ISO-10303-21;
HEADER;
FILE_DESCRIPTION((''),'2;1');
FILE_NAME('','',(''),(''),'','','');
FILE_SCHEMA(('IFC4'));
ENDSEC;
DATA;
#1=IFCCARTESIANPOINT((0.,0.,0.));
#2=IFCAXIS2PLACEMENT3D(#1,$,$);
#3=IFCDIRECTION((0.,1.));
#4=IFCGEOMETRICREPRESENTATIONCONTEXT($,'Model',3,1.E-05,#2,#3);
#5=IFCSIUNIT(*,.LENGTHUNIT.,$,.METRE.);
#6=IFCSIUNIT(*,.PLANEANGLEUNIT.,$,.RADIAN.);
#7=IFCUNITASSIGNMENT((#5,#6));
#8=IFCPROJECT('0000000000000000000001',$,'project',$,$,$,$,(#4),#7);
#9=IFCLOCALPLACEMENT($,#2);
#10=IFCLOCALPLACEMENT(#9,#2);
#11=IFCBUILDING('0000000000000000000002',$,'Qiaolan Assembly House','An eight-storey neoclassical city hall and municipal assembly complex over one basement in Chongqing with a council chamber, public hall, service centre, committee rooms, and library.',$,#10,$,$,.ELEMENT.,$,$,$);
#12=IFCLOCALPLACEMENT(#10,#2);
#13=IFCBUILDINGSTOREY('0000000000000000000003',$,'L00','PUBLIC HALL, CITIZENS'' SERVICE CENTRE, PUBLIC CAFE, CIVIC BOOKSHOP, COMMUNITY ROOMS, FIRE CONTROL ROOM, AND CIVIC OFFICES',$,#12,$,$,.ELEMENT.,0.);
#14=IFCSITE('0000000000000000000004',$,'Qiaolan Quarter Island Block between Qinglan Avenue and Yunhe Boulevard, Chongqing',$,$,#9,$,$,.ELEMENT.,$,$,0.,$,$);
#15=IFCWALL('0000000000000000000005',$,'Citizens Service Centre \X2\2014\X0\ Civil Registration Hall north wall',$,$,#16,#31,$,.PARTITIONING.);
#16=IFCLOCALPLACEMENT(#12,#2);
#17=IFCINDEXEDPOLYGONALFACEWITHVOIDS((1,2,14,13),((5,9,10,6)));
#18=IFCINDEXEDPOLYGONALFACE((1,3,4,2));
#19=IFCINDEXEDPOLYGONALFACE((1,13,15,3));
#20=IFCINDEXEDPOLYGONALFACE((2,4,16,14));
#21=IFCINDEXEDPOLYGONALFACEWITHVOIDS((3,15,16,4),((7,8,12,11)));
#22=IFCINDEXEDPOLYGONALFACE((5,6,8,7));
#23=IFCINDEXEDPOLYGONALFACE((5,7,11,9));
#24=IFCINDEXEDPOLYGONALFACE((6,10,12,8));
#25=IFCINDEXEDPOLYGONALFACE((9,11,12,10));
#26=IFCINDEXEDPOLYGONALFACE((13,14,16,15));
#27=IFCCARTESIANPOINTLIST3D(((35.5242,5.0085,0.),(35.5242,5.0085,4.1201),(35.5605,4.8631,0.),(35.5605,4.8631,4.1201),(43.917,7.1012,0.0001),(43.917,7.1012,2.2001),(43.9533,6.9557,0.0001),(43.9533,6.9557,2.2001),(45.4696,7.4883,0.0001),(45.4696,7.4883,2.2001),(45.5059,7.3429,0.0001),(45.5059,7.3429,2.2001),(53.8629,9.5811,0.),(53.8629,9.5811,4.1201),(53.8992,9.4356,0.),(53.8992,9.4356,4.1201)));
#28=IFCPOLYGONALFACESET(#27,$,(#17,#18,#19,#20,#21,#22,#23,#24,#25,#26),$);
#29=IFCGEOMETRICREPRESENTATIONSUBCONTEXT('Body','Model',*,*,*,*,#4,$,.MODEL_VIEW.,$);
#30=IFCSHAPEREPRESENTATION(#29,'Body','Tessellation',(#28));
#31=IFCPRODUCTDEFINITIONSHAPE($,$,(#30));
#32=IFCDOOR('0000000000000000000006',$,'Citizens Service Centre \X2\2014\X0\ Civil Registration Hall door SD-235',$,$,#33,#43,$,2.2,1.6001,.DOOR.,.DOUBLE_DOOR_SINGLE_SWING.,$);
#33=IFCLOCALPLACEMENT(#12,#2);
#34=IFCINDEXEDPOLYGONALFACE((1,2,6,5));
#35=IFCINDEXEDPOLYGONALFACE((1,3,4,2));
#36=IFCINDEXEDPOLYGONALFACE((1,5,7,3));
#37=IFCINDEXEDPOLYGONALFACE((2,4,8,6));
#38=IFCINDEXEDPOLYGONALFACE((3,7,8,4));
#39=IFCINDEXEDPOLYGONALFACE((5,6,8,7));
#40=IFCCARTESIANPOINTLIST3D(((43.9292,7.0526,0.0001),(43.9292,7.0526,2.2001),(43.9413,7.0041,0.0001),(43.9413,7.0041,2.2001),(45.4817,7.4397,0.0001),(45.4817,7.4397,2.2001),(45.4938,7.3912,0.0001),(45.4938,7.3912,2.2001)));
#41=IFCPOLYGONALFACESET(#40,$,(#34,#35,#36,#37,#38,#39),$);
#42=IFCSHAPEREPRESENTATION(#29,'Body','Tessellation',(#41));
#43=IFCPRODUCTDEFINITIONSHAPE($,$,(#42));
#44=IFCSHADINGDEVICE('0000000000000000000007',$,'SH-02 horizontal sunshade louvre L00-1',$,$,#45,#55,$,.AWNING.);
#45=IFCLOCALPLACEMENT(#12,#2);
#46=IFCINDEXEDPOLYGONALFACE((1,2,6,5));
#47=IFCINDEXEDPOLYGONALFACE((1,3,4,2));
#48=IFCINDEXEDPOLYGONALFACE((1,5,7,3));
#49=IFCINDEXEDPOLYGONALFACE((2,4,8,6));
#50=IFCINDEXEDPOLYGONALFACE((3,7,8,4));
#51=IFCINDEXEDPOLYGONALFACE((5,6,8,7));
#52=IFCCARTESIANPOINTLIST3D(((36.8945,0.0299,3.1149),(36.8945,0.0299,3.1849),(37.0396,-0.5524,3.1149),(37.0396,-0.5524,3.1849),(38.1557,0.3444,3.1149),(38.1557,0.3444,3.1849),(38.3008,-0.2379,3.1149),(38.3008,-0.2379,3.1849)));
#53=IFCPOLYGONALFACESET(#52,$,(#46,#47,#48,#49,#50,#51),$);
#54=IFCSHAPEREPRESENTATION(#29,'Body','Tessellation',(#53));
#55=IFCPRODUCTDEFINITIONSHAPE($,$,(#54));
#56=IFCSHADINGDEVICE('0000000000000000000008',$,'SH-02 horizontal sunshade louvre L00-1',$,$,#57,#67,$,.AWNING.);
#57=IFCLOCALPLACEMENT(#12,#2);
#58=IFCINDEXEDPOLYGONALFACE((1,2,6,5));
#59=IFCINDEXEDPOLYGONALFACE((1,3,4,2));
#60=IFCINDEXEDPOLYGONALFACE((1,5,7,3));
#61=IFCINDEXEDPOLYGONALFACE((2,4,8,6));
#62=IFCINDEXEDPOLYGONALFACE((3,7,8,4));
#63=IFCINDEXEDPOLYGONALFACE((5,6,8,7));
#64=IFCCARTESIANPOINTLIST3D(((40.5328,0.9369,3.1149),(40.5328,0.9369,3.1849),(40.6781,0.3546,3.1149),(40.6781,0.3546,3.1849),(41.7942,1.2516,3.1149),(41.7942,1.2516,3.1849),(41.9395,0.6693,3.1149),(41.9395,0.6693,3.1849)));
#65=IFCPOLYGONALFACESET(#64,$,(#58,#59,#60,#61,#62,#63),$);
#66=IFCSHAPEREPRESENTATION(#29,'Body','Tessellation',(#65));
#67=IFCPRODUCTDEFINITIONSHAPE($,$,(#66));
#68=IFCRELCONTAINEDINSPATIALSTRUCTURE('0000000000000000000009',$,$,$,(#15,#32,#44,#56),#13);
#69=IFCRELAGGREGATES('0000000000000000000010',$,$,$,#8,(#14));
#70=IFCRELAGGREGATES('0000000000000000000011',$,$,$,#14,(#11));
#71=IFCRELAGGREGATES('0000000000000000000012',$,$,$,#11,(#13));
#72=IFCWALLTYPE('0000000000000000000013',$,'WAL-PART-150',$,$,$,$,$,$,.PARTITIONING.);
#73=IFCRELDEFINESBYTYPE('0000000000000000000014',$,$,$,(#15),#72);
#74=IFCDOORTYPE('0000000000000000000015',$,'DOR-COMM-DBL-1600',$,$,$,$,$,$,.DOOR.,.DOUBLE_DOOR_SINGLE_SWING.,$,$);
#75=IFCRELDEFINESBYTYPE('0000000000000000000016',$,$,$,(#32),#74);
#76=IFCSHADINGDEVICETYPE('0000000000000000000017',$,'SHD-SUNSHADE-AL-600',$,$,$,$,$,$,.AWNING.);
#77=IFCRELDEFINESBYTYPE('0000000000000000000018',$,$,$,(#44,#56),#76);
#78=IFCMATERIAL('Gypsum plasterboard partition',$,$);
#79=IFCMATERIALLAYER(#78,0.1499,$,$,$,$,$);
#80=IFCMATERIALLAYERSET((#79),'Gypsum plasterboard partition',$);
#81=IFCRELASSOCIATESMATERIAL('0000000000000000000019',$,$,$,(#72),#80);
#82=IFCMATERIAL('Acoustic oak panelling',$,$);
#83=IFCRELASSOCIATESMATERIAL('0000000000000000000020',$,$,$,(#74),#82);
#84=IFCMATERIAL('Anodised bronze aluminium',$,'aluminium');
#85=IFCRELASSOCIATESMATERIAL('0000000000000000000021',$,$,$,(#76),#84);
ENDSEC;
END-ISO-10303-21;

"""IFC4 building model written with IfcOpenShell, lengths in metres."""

from ifc_helpers import new_model, si_unit, direction, frame, frame_2d, origin, origin_2d, place, context, subcontext, project, spatial, rectangle, extrude, material, layer, layer_set, material_profile, profile_set, type_object, element, fill, save


model = new_model("IFC4")

# Units and contexts
model_context = context("Model", 3, precision=1e-05, world=origin(), true_north=direction((0.0, 1.0)))
body_context = subcontext(model_context, "Body", "Model", "MODEL_VIEW")
ifc_project = project(units=[si_unit("LENGTHUNIT", "METRE"), si_unit("PLANEANGLEUNIT", "RADIAN")], contexts=[model_context])

# Site, building, storey
site_placement = place(None, origin())
site = spatial("IfcSite", under=ifc_project, at=site_placement, Name="Qiaolan Quarter Island Block between Qinglan Avenue and Yunhe Boulevard, Chongqing", CompositionType="ELEMENT", RefElevation=0.0)
building_placement = place(site_placement, origin())
building = spatial("IfcBuilding", under=site, at=building_placement, Name="Qiaolan Assembly House", Description="An eight-storey neoclassical city hall and municipal assembly complex over one basement in Chongqing with a council chamber, public hall, service centre, committee rooms, and library.", CompositionType="ELEMENT")
storey_placement = place(building_placement, origin())
storey = spatial("IfcBuildingStorey", under=building, at=storey_placement, Name="L00", Description="PUBLIC HALL, CITIZENS' SERVICE CENTRE, PUBLIC CAFE, CIVIC BOOKSHOP, COMMUNITY ROOMS, FIRE CONTROL ROOM, AND CIVIC OFFICES", CompositionType="ELEMENT", Elevation=0.0)

# Shared definitions
ifc_material_1 = material(Name="Anodised bronze aluminium", Category="aluminium")

# Wall, opening, door
ifc_material_2 = material(Name="Gypsum plasterboard partition")
ifc_layer_1 = layer(ifc_material_2, 0.1499)
ifc_layer_set_1 = layer_set([ifc_layer_1], Name="Gypsum plasterboard partition")
wall_type_1 = type_object("IfcWallType", Name="WAL-PART-150", PredefinedType="PARTITIONING", material=ifc_layer_set_1)
wall_1_placement = place(storey_placement, frame((35.5422, 4.9358, 0.0), z_axis=(0.0, 0.0, 1.0), x_axis=(0.970294, 0.241931, 0.0)))
wall_1 = element("IfcWall", 1, at=wall_1_placement, inside=storey, type_object=wall_type_1, Name="Citizens Service Centre — Civil Registration Hall north wall", PredefinedType="PARTITIONING", context=body_context, shape_type="SweptSolid", body=[
    extrude(rectangle(XDim=18.9001, YDim=0.1499, at=frame_2d((9.4502, 0.0))), origin(), (0.0, 0.0, 1.0), 4.1201),
])
opening_1_placement = place(wall_1_placement, frame((8.6499, 0.0, 0.0)))
opening_1 = element("IfcOpeningElement", 2, at=opening_1_placement, cuts=wall_1, PredefinedType="OPENING", context=body_context, shape_type="SweptSolid", body=[
    extrude(rectangle(XDim=1.6001, YDim=2.2, at=frame_2d((0.8, 1.1001))), frame((0.0, 0.085, 0.0), z_axis=(0.0, -1.0, 0.0), x_axis=(1.0, 0.0, 0.0)), (0.0, 0.0, 1.0), 0.1699),
])
ifc_material_3 = material(Name="Acoustic oak panelling")
door_type_1 = type_object("IfcDoorType", Name="DOR-COMM-DBL-1600", OperationType="DOUBLE_DOOR_SINGLE_SWING", PredefinedType="DOOR", material=ifc_material_3)
door_1_placement = place(opening_1_placement, origin())
door_1 = element("IfcDoor", 3, at=door_1_placement, inside=storey, type_object=door_type_1, Name="Citizens Service Centre — Civil Registration Hall door SD-235", OperationType="DOUBLE_DOOR_SINGLE_SWING", OverallHeight=2.2, OverallWidth=1.6001, PredefinedType="DOOR", context=body_context, shape_type="SweptSolid", body=[
    extrude(rectangle(XDim=1.6001, YDim=2.2, at=frame_2d((0.8, 1.1001))), frame((0.0, 0.0249, 0.0), z_axis=(0.0, -1.0, 0.0), x_axis=(1.0, 0.0, 0.0)), (0.0, 0.0, 1.0), 0.05),
])
fill(opening_1, door_1)

# Shading devices
ifc_material_profile_1 = material_profile(ifc_material_1, rectangle(XDim=0.6001, YDim=0.0701, at=origin_2d()), Name="SHD 600x70")
ifc_profile_set_1 = profile_set([ifc_material_profile_1], Name="Anodised bronze aluminium")
shading_device_type = type_object("IfcShadingDeviceType", Name="SHD-SUNSHADE-AL-600", PredefinedType="AWNING", material=ifc_profile_set_1)
shading_device_1_placement = place(storey_placement, frame((36.967, -0.2612, 3.1499), z_axis=(0.970297, 0.241917, 0.0), x_axis=(-0.241917, 0.970297, 0.0)))
element("IfcShadingDevice", 4, at=shading_device_1_placement, inside=storey, type_object=shading_device_type, Name="SH-02 horizontal sunshade louvre L00-1", PredefinedType="AWNING", context=body_context, shape_type="SweptSolid", body=[
    extrude(rectangle(XDim=0.6001, YDim=0.0701, at=origin_2d()), origin(), (0.0, 0.0, 1.0), 1.2998),
])
shading_device_2_placement = place(storey_placement, frame((40.6055, 0.6458, 3.1499), z_axis=(0.970264, 0.24205, 0.0), x_axis=(-0.24205, 0.970264, 0.0)))
element("IfcShadingDevice", 5, at=shading_device_2_placement, inside=storey, type_object=shading_device_type, Name="SH-02 horizontal sunshade louvre L00-1", PredefinedType="AWNING", context=body_context, shape_type="SweptSolid", body=[
    extrude(rectangle(XDim=0.6001, YDim=0.0701, at=origin_2d()), origin(), (0.0, 0.0, 1.0), 1.3),
])

save(model, "model.ifc")
